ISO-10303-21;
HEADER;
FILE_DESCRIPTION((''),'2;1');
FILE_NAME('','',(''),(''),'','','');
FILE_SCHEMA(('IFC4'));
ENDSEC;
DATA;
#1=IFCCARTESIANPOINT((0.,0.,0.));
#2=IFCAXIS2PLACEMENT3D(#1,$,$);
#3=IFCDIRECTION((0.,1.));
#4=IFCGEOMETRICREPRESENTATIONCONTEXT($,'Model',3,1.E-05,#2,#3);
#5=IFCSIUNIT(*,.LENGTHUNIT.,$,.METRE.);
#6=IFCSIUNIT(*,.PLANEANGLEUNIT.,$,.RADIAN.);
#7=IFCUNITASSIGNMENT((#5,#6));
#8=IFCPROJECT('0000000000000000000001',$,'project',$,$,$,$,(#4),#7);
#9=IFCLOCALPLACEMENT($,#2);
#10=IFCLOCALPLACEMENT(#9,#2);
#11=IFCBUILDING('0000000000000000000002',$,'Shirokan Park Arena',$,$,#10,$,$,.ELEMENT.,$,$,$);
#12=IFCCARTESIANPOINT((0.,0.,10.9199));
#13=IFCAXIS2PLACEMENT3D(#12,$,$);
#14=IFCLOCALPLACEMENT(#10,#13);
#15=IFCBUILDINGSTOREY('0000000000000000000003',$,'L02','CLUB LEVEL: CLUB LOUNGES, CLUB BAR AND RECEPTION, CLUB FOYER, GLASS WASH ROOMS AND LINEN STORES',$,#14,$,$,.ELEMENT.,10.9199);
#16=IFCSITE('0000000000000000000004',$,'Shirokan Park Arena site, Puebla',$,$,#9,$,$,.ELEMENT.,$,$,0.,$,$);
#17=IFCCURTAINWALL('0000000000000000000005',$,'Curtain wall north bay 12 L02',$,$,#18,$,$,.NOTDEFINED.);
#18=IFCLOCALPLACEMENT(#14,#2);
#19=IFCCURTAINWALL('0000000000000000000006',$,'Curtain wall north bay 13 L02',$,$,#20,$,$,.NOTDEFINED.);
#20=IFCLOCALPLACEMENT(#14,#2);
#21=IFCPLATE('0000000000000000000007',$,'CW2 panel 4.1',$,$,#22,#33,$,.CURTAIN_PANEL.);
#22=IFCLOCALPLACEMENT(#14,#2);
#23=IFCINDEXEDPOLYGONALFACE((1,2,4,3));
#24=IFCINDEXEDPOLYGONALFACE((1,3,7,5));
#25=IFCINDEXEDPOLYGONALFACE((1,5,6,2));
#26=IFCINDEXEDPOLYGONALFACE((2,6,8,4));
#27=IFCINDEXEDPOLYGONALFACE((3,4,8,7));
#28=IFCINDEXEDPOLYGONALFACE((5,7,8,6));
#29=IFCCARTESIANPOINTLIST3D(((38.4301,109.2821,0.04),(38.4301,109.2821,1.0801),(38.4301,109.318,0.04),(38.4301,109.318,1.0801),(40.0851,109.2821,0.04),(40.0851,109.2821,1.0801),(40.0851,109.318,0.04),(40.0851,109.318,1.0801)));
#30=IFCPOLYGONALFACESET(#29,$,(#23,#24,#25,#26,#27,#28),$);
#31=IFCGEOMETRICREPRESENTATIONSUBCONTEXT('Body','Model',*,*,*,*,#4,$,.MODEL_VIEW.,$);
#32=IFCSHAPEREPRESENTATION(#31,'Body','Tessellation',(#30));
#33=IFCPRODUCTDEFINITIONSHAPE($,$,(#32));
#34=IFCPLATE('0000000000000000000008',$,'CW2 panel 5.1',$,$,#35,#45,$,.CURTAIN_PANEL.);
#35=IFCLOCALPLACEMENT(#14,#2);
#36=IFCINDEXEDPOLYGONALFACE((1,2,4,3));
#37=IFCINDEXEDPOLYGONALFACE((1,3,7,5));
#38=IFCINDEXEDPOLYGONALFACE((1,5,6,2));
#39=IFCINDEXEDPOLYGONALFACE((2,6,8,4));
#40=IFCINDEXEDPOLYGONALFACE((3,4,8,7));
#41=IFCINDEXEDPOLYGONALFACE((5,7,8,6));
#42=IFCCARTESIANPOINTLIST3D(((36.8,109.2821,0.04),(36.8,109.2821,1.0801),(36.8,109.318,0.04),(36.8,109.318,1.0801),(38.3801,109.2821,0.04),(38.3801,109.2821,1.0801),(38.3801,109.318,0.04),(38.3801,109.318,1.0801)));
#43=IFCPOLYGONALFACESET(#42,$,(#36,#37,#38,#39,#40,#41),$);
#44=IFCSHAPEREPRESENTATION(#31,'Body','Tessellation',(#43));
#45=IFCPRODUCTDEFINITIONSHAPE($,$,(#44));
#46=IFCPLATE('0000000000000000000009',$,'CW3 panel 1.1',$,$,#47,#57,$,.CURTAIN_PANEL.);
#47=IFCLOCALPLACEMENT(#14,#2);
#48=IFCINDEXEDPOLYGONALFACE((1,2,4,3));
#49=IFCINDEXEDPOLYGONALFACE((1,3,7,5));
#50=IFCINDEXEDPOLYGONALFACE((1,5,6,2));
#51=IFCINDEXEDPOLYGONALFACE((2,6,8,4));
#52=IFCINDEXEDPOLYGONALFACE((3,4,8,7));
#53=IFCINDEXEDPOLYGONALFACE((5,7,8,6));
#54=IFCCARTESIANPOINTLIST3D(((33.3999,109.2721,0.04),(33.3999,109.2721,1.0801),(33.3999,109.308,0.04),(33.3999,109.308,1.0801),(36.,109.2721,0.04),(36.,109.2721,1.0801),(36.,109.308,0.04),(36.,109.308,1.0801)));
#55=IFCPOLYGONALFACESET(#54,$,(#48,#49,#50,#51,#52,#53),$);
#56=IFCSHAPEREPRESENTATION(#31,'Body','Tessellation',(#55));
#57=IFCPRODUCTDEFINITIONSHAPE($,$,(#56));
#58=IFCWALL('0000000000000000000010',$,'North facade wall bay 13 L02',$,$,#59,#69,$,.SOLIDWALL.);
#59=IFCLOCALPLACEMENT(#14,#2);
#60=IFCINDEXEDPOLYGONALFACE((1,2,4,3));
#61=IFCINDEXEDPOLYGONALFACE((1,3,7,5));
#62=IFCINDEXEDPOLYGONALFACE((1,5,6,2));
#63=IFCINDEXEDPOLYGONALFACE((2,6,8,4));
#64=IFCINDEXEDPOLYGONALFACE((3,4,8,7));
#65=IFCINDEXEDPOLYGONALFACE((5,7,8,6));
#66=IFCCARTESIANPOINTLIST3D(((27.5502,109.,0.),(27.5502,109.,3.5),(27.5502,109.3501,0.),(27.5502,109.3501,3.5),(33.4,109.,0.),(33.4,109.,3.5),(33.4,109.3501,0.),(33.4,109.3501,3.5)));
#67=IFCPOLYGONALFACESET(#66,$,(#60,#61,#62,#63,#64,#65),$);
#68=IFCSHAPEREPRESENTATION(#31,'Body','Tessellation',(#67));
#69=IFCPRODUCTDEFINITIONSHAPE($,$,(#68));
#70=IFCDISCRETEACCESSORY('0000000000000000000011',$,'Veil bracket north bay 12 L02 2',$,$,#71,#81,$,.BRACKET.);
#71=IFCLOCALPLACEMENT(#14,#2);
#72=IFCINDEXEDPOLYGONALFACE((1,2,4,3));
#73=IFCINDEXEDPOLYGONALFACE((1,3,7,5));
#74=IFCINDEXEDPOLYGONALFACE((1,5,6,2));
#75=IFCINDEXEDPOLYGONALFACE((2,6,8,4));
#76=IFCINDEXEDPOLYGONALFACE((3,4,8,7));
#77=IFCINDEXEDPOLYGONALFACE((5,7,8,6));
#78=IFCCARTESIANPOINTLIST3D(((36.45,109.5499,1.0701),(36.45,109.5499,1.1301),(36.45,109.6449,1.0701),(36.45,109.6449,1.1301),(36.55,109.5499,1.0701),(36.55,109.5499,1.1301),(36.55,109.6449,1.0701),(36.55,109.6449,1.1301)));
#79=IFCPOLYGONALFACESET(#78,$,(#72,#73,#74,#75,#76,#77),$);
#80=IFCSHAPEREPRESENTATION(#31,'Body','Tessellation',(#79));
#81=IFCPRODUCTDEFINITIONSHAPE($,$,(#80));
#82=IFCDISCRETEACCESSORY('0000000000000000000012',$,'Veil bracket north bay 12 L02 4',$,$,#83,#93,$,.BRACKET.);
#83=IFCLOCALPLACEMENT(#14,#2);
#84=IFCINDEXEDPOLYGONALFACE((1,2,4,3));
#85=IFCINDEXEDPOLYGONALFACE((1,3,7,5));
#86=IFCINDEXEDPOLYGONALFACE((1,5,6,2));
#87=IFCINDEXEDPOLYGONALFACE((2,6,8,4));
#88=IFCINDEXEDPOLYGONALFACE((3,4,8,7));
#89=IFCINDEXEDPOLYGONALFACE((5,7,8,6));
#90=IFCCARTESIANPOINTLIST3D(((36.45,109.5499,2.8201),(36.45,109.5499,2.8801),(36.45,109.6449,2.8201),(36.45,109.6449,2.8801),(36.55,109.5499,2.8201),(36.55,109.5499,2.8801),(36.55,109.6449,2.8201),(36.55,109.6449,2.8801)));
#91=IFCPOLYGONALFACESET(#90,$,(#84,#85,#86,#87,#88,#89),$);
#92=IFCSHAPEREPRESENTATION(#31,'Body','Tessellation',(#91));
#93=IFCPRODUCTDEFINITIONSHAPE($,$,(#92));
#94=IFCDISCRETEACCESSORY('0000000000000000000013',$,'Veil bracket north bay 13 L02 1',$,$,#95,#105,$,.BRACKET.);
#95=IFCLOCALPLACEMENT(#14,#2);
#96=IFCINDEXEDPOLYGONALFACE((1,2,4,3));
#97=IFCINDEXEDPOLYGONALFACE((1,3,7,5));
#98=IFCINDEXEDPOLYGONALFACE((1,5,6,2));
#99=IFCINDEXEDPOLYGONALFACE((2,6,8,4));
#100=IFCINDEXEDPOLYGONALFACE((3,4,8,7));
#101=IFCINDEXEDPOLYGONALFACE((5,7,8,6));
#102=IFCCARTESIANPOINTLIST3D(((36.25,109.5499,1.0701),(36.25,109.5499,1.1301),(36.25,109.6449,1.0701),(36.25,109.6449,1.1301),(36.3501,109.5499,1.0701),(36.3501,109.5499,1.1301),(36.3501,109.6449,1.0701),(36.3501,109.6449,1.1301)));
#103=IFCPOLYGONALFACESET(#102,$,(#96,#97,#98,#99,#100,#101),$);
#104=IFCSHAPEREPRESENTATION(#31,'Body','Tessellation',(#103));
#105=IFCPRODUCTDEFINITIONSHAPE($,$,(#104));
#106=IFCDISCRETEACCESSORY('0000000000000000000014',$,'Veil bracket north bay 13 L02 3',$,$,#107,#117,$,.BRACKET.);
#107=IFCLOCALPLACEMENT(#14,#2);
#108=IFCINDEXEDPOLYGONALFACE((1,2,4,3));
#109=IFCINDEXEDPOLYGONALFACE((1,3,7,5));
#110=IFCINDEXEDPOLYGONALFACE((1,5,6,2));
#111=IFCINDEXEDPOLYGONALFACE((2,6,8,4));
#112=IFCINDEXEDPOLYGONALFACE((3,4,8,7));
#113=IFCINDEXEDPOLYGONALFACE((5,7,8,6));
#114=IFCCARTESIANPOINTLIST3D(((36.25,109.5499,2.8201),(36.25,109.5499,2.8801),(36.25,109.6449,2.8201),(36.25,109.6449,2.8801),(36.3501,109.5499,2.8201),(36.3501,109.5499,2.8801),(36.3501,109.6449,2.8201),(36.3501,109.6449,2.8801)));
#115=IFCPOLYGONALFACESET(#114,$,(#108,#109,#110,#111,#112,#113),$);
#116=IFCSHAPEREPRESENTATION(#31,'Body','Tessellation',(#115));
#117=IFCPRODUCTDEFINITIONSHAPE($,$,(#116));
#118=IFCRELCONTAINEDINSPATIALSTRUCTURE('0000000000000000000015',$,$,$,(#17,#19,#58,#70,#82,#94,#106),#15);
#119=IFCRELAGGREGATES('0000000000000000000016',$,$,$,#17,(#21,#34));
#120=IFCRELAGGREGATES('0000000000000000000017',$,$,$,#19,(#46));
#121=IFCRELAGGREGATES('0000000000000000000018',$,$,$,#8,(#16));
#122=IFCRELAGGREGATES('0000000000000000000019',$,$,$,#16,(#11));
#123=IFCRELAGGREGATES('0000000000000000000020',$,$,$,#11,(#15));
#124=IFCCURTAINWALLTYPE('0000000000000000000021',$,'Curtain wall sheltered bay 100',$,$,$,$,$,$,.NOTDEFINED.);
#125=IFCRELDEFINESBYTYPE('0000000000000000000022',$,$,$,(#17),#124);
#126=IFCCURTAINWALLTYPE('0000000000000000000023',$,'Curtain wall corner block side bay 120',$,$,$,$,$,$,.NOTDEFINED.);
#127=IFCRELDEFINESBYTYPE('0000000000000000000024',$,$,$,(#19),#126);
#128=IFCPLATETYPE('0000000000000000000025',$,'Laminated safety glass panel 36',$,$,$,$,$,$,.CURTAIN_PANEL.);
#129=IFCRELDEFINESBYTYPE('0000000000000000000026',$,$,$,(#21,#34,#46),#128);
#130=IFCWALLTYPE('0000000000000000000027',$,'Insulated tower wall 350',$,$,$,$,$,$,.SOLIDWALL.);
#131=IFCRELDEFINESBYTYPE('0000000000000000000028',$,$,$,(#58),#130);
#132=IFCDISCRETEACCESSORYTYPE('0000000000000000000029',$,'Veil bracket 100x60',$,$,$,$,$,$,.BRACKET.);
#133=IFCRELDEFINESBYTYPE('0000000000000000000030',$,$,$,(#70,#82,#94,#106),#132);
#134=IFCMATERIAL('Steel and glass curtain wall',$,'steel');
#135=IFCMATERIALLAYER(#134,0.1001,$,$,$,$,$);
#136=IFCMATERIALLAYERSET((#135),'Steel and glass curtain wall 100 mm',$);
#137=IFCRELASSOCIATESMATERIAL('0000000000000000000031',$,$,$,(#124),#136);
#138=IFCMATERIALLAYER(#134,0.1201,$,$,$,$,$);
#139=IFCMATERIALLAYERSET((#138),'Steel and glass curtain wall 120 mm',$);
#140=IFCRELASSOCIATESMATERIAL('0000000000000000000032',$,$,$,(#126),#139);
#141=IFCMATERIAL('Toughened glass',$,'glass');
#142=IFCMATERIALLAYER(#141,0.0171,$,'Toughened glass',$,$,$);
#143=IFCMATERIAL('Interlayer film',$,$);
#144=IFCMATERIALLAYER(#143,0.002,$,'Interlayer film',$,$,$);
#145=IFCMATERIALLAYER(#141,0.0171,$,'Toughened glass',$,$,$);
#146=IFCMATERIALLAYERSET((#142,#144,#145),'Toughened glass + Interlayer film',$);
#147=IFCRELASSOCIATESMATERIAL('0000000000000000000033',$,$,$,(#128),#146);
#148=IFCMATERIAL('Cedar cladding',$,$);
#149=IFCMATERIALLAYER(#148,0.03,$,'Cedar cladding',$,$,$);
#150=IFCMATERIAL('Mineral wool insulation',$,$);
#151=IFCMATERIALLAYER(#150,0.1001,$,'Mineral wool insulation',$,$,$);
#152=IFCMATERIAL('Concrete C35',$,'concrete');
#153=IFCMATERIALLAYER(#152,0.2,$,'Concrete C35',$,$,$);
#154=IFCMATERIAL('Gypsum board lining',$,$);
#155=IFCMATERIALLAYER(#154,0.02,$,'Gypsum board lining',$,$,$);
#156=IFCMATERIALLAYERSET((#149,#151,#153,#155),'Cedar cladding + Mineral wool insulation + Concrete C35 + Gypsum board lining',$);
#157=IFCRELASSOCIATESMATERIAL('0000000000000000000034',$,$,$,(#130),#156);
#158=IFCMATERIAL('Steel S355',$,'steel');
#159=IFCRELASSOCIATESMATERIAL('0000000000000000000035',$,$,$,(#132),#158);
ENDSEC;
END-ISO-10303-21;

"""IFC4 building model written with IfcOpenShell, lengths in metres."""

from ifc_helpers import new_model, si_unit, direction, frame, frame_2d, origin, origin_2d, place, context, subcontext, project, spatial, rectangle, extrude, material, layer, layer_set, type_object, element, aggregate, save


model = new_model("IFC4")

# Units and contexts
model_context = context("Model", 3, precision=1e-05, world=origin(), true_north=direction((0.0, 1.0)))
body_context = subcontext(model_context, "Body", "Model", "MODEL_VIEW")
ifc_project = project(units=[si_unit("LENGTHUNIT", "METRE"), si_unit("PLANEANGLEUNIT", "RADIAN")], contexts=[model_context])

# Site, building, storey
site_placement = place(None, origin())
site = spatial("IfcSite", under=ifc_project, at=site_placement, Name="Shirokan Park Arena site, Puebla", CompositionType="ELEMENT", RefElevation=0.0)
building_placement = place(site_placement, origin())
building = spatial("IfcBuilding", under=site, at=building_placement, Name="Shirokan Park Arena", CompositionType="ELEMENT")
storey_placement = place(building_placement, frame((0.0, 0.0, 10.9199)))
storey = spatial("IfcBuildingStorey", under=building, at=storey_placement, Name="L02", Description="CLUB LEVEL: CLUB LOUNGES, CLUB BAR AND RECEPTION, CLUB FOYER, GLASS WASH ROOMS AND LINEN STORES", CompositionType="ELEMENT", Elevation=10.9199)

# Shared definitions
ifc_material_1 = material(Name="Concrete C35", Category="concrete")

# Curtain walls
ifc_material_2 = material(Name="Steel and glass curtain wall", Category="steel")
ifc_layer_1 = layer(ifc_material_2, 0.1001)
ifc_layer_set_1 = layer_set([ifc_layer_1], Name="Steel and glass curtain wall 100 mm")
curtain_wall_type_1 = type_object("IfcCurtainWallType", Name="Curtain wall sheltered bay 100", PredefinedType="NOTDEFINED", material=ifc_layer_set_1)
curtain_wall_1_placement = place(storey_placement, origin())
curtain_wall_1 = element("IfcCurtainWall", 1, at=curtain_wall_1_placement, inside=storey, type_object=curtain_wall_type_1, Name="Curtain wall north bay 12 L02", PredefinedType="NOTDEFINED")
ifc_material_3 = material(Name="Steel S355", Category="steel")
ifc_layer_2 = layer(ifc_material_2, 0.1201)
ifc_layer_set_2 = layer_set([ifc_layer_2], Name="Steel and glass curtain wall 120 mm")
curtain_wall_type_2 = type_object("IfcCurtainWallType", Name="Curtain wall corner block side bay 120", PredefinedType="NOTDEFINED", material=ifc_layer_set_2)
curtain_wall_2_placement = place(storey_placement, origin())
curtain_wall_2 = element("IfcCurtainWall", 2, at=curtain_wall_2_placement, inside=storey, type_object=curtain_wall_type_2, Name="Curtain wall north bay 13 L02", PredefinedType="NOTDEFINED")

# Plates
ifc_material_4 = material(Name="Mineral wool insulation")
ifc_material_5 = material(Name="Toughened glass", Category="glass")
ifc_material_6 = material(Name="Interlayer film")
ifc_layer_3 = layer(ifc_material_5, 0.0171, Name="Toughened glass")
ifc_layer_4 = layer(ifc_material_6, 0.002, Name="Interlayer film")
ifc_layer_5 = layer(ifc_material_5, 0.0171, Name="Toughened glass")
ifc_layer_set_3 = layer_set([ifc_layer_3, ifc_layer_4, ifc_layer_5], Name="Toughened glass + Interlayer film")
plate_type_1 = type_object("IfcPlateType", Name="Laminated safety glass panel 36", PredefinedType="CURTAIN_PANEL", material=ifc_layer_set_3)
plate_1_placement = place(storey_placement, frame((39.2576, 109.3, 0.04), z_axis=(0.0, 0.0, 1.0), x_axis=(-1.0, 0.0, 0.0)))
plate_1 = element("IfcPlate", 3, at=plate_1_placement, type_object=plate_type_1, Name="CW2 panel 4.1", PredefinedType="CURTAIN_PANEL", context=body_context, shape_type="SweptSolid", body=[
    extrude(rectangle(XDim=1.655, YDim=0.0359, at=origin_2d()), origin(), (0.0, 0.0, 1.0), 1.04),
])
plate_2_placement = place(storey_placement, frame((37.5901, 109.3, 0.04), z_axis=(0.0, 0.0, 1.0), x_axis=(-1.0, 0.0, 0.0)))
plate_2 = element("IfcPlate", 4, at=plate_2_placement, type_object=plate_type_1, Name="CW2 panel 5.1", PredefinedType="CURTAIN_PANEL", context=body_context, shape_type="SweptSolid", body=[
    extrude(rectangle(XDim=1.5801, YDim=0.0359, at=origin_2d()), origin(), (0.0, 0.0, 1.0), 1.04),
])
aggregate(curtain_wall_1, [plate_1, plate_2])
plate_3_placement = place(storey_placement, frame((34.7, 109.29, 0.04), z_axis=(0.0, 0.0, 1.0), x_axis=(-1.0, 0.0, 0.0)))
plate_3 = element("IfcPlate", 5, at=plate_3_placement, type_object=plate_type_1, Name="CW3 panel 1.1", PredefinedType="CURTAIN_PANEL", context=body_context, shape_type="SweptSolid", body=[
    extrude(rectangle(XDim=2.6001, YDim=0.0359, at=origin_2d()), origin(), (0.0, 0.0, 1.0), 1.04),
])
aggregate(curtain_wall_2, [plate_3])

# Wall
ifc_material_7 = material(Name="Cedar cladding")
ifc_layer_6 = layer(ifc_material_7, 0.03, Name="Cedar cladding")
ifc_layer_7 = layer(ifc_material_4, 0.1001, Name="Mineral wool insulation")
ifc_layer_8 = layer(ifc_material_1, 0.2, Name="Concrete C35")
ifc_material_8 = material(Name="Gypsum board lining")
ifc_layer_9 = layer(ifc_material_8, 0.02, Name="Gypsum board lining")
ifc_layer_set_4 = layer_set([ifc_layer_6, ifc_layer_7, ifc_layer_8, ifc_layer_9], Name="Cedar cladding + Mineral wool insulation + Concrete C35 + Gypsum board lining")
wall_type = type_object("IfcWallType", Name="Insulated tower wall 350", PredefinedType="SOLIDWALL", material=ifc_layer_set_4)
wall_placement = place(storey_placement, frame((33.3999, 109.175, 0.0), z_axis=(0.0, 0.0, 1.0), x_axis=(-1.0, 0.0, 0.0)))
element("IfcWall", 6, at=wall_placement, inside=storey, type_object=wall_type, Name="North facade wall bay 13 L02", PredefinedType="SOLIDWALL", context=body_context, shape_type="SweptSolid", body=[
    extrude(rectangle(XDim=5.8499, YDim=0.3501, at=frame_2d((2.9248, 0.0))), origin(), (0.0, 0.0, 1.0), 3.5),
])

# Discrete accessories
discrete_accessory_type = type_object("IfcDiscreteAccessoryType", Name="Veil bracket 100x60", PredefinedType="BRACKET", material=ifc_material_3)
for number, where, z_axis, x_axis, name in (
    (7, (36.5, 109.5974, 1.0701), (0.0, 0.0, 1.0), (-1.0, 0.0, 0.0), "Veil bracket north bay 12 L02 2"),
    (8, (36.5, 109.5974, 2.8201), (0.0, 0.0, 1.0), (-1.0, 0.0, 0.0), "Veil bracket north bay 12 L02 4"),
    (9, (36.3, 109.5974, 1.0701), (0.0, 0.0, 1.0), (-1.0, 0.0, 0.0), "Veil bracket north bay 13 L02 1"),
    (10, (36.3, 109.5974, 2.8201), (0.0, 0.0, 1.0), (-1.0, 0.0, 0.0), "Veil bracket north bay 13 L02 3"),
):
    element("IfcDiscreteAccessory", number, at=place(storey_placement, frame(where, z_axis=z_axis, x_axis=x_axis)), inside=storey, type_object=discrete_accessory_type, Name=name, PredefinedType="BRACKET", context=body_context, shape_type="SweptSolid", body=[
        extrude(rectangle(XDim=0.1001, YDim=0.095, at=origin_2d()), origin(), (0.0, 0.0, 1.0), 0.0601),
    ])

save(model, "model.ifc")
